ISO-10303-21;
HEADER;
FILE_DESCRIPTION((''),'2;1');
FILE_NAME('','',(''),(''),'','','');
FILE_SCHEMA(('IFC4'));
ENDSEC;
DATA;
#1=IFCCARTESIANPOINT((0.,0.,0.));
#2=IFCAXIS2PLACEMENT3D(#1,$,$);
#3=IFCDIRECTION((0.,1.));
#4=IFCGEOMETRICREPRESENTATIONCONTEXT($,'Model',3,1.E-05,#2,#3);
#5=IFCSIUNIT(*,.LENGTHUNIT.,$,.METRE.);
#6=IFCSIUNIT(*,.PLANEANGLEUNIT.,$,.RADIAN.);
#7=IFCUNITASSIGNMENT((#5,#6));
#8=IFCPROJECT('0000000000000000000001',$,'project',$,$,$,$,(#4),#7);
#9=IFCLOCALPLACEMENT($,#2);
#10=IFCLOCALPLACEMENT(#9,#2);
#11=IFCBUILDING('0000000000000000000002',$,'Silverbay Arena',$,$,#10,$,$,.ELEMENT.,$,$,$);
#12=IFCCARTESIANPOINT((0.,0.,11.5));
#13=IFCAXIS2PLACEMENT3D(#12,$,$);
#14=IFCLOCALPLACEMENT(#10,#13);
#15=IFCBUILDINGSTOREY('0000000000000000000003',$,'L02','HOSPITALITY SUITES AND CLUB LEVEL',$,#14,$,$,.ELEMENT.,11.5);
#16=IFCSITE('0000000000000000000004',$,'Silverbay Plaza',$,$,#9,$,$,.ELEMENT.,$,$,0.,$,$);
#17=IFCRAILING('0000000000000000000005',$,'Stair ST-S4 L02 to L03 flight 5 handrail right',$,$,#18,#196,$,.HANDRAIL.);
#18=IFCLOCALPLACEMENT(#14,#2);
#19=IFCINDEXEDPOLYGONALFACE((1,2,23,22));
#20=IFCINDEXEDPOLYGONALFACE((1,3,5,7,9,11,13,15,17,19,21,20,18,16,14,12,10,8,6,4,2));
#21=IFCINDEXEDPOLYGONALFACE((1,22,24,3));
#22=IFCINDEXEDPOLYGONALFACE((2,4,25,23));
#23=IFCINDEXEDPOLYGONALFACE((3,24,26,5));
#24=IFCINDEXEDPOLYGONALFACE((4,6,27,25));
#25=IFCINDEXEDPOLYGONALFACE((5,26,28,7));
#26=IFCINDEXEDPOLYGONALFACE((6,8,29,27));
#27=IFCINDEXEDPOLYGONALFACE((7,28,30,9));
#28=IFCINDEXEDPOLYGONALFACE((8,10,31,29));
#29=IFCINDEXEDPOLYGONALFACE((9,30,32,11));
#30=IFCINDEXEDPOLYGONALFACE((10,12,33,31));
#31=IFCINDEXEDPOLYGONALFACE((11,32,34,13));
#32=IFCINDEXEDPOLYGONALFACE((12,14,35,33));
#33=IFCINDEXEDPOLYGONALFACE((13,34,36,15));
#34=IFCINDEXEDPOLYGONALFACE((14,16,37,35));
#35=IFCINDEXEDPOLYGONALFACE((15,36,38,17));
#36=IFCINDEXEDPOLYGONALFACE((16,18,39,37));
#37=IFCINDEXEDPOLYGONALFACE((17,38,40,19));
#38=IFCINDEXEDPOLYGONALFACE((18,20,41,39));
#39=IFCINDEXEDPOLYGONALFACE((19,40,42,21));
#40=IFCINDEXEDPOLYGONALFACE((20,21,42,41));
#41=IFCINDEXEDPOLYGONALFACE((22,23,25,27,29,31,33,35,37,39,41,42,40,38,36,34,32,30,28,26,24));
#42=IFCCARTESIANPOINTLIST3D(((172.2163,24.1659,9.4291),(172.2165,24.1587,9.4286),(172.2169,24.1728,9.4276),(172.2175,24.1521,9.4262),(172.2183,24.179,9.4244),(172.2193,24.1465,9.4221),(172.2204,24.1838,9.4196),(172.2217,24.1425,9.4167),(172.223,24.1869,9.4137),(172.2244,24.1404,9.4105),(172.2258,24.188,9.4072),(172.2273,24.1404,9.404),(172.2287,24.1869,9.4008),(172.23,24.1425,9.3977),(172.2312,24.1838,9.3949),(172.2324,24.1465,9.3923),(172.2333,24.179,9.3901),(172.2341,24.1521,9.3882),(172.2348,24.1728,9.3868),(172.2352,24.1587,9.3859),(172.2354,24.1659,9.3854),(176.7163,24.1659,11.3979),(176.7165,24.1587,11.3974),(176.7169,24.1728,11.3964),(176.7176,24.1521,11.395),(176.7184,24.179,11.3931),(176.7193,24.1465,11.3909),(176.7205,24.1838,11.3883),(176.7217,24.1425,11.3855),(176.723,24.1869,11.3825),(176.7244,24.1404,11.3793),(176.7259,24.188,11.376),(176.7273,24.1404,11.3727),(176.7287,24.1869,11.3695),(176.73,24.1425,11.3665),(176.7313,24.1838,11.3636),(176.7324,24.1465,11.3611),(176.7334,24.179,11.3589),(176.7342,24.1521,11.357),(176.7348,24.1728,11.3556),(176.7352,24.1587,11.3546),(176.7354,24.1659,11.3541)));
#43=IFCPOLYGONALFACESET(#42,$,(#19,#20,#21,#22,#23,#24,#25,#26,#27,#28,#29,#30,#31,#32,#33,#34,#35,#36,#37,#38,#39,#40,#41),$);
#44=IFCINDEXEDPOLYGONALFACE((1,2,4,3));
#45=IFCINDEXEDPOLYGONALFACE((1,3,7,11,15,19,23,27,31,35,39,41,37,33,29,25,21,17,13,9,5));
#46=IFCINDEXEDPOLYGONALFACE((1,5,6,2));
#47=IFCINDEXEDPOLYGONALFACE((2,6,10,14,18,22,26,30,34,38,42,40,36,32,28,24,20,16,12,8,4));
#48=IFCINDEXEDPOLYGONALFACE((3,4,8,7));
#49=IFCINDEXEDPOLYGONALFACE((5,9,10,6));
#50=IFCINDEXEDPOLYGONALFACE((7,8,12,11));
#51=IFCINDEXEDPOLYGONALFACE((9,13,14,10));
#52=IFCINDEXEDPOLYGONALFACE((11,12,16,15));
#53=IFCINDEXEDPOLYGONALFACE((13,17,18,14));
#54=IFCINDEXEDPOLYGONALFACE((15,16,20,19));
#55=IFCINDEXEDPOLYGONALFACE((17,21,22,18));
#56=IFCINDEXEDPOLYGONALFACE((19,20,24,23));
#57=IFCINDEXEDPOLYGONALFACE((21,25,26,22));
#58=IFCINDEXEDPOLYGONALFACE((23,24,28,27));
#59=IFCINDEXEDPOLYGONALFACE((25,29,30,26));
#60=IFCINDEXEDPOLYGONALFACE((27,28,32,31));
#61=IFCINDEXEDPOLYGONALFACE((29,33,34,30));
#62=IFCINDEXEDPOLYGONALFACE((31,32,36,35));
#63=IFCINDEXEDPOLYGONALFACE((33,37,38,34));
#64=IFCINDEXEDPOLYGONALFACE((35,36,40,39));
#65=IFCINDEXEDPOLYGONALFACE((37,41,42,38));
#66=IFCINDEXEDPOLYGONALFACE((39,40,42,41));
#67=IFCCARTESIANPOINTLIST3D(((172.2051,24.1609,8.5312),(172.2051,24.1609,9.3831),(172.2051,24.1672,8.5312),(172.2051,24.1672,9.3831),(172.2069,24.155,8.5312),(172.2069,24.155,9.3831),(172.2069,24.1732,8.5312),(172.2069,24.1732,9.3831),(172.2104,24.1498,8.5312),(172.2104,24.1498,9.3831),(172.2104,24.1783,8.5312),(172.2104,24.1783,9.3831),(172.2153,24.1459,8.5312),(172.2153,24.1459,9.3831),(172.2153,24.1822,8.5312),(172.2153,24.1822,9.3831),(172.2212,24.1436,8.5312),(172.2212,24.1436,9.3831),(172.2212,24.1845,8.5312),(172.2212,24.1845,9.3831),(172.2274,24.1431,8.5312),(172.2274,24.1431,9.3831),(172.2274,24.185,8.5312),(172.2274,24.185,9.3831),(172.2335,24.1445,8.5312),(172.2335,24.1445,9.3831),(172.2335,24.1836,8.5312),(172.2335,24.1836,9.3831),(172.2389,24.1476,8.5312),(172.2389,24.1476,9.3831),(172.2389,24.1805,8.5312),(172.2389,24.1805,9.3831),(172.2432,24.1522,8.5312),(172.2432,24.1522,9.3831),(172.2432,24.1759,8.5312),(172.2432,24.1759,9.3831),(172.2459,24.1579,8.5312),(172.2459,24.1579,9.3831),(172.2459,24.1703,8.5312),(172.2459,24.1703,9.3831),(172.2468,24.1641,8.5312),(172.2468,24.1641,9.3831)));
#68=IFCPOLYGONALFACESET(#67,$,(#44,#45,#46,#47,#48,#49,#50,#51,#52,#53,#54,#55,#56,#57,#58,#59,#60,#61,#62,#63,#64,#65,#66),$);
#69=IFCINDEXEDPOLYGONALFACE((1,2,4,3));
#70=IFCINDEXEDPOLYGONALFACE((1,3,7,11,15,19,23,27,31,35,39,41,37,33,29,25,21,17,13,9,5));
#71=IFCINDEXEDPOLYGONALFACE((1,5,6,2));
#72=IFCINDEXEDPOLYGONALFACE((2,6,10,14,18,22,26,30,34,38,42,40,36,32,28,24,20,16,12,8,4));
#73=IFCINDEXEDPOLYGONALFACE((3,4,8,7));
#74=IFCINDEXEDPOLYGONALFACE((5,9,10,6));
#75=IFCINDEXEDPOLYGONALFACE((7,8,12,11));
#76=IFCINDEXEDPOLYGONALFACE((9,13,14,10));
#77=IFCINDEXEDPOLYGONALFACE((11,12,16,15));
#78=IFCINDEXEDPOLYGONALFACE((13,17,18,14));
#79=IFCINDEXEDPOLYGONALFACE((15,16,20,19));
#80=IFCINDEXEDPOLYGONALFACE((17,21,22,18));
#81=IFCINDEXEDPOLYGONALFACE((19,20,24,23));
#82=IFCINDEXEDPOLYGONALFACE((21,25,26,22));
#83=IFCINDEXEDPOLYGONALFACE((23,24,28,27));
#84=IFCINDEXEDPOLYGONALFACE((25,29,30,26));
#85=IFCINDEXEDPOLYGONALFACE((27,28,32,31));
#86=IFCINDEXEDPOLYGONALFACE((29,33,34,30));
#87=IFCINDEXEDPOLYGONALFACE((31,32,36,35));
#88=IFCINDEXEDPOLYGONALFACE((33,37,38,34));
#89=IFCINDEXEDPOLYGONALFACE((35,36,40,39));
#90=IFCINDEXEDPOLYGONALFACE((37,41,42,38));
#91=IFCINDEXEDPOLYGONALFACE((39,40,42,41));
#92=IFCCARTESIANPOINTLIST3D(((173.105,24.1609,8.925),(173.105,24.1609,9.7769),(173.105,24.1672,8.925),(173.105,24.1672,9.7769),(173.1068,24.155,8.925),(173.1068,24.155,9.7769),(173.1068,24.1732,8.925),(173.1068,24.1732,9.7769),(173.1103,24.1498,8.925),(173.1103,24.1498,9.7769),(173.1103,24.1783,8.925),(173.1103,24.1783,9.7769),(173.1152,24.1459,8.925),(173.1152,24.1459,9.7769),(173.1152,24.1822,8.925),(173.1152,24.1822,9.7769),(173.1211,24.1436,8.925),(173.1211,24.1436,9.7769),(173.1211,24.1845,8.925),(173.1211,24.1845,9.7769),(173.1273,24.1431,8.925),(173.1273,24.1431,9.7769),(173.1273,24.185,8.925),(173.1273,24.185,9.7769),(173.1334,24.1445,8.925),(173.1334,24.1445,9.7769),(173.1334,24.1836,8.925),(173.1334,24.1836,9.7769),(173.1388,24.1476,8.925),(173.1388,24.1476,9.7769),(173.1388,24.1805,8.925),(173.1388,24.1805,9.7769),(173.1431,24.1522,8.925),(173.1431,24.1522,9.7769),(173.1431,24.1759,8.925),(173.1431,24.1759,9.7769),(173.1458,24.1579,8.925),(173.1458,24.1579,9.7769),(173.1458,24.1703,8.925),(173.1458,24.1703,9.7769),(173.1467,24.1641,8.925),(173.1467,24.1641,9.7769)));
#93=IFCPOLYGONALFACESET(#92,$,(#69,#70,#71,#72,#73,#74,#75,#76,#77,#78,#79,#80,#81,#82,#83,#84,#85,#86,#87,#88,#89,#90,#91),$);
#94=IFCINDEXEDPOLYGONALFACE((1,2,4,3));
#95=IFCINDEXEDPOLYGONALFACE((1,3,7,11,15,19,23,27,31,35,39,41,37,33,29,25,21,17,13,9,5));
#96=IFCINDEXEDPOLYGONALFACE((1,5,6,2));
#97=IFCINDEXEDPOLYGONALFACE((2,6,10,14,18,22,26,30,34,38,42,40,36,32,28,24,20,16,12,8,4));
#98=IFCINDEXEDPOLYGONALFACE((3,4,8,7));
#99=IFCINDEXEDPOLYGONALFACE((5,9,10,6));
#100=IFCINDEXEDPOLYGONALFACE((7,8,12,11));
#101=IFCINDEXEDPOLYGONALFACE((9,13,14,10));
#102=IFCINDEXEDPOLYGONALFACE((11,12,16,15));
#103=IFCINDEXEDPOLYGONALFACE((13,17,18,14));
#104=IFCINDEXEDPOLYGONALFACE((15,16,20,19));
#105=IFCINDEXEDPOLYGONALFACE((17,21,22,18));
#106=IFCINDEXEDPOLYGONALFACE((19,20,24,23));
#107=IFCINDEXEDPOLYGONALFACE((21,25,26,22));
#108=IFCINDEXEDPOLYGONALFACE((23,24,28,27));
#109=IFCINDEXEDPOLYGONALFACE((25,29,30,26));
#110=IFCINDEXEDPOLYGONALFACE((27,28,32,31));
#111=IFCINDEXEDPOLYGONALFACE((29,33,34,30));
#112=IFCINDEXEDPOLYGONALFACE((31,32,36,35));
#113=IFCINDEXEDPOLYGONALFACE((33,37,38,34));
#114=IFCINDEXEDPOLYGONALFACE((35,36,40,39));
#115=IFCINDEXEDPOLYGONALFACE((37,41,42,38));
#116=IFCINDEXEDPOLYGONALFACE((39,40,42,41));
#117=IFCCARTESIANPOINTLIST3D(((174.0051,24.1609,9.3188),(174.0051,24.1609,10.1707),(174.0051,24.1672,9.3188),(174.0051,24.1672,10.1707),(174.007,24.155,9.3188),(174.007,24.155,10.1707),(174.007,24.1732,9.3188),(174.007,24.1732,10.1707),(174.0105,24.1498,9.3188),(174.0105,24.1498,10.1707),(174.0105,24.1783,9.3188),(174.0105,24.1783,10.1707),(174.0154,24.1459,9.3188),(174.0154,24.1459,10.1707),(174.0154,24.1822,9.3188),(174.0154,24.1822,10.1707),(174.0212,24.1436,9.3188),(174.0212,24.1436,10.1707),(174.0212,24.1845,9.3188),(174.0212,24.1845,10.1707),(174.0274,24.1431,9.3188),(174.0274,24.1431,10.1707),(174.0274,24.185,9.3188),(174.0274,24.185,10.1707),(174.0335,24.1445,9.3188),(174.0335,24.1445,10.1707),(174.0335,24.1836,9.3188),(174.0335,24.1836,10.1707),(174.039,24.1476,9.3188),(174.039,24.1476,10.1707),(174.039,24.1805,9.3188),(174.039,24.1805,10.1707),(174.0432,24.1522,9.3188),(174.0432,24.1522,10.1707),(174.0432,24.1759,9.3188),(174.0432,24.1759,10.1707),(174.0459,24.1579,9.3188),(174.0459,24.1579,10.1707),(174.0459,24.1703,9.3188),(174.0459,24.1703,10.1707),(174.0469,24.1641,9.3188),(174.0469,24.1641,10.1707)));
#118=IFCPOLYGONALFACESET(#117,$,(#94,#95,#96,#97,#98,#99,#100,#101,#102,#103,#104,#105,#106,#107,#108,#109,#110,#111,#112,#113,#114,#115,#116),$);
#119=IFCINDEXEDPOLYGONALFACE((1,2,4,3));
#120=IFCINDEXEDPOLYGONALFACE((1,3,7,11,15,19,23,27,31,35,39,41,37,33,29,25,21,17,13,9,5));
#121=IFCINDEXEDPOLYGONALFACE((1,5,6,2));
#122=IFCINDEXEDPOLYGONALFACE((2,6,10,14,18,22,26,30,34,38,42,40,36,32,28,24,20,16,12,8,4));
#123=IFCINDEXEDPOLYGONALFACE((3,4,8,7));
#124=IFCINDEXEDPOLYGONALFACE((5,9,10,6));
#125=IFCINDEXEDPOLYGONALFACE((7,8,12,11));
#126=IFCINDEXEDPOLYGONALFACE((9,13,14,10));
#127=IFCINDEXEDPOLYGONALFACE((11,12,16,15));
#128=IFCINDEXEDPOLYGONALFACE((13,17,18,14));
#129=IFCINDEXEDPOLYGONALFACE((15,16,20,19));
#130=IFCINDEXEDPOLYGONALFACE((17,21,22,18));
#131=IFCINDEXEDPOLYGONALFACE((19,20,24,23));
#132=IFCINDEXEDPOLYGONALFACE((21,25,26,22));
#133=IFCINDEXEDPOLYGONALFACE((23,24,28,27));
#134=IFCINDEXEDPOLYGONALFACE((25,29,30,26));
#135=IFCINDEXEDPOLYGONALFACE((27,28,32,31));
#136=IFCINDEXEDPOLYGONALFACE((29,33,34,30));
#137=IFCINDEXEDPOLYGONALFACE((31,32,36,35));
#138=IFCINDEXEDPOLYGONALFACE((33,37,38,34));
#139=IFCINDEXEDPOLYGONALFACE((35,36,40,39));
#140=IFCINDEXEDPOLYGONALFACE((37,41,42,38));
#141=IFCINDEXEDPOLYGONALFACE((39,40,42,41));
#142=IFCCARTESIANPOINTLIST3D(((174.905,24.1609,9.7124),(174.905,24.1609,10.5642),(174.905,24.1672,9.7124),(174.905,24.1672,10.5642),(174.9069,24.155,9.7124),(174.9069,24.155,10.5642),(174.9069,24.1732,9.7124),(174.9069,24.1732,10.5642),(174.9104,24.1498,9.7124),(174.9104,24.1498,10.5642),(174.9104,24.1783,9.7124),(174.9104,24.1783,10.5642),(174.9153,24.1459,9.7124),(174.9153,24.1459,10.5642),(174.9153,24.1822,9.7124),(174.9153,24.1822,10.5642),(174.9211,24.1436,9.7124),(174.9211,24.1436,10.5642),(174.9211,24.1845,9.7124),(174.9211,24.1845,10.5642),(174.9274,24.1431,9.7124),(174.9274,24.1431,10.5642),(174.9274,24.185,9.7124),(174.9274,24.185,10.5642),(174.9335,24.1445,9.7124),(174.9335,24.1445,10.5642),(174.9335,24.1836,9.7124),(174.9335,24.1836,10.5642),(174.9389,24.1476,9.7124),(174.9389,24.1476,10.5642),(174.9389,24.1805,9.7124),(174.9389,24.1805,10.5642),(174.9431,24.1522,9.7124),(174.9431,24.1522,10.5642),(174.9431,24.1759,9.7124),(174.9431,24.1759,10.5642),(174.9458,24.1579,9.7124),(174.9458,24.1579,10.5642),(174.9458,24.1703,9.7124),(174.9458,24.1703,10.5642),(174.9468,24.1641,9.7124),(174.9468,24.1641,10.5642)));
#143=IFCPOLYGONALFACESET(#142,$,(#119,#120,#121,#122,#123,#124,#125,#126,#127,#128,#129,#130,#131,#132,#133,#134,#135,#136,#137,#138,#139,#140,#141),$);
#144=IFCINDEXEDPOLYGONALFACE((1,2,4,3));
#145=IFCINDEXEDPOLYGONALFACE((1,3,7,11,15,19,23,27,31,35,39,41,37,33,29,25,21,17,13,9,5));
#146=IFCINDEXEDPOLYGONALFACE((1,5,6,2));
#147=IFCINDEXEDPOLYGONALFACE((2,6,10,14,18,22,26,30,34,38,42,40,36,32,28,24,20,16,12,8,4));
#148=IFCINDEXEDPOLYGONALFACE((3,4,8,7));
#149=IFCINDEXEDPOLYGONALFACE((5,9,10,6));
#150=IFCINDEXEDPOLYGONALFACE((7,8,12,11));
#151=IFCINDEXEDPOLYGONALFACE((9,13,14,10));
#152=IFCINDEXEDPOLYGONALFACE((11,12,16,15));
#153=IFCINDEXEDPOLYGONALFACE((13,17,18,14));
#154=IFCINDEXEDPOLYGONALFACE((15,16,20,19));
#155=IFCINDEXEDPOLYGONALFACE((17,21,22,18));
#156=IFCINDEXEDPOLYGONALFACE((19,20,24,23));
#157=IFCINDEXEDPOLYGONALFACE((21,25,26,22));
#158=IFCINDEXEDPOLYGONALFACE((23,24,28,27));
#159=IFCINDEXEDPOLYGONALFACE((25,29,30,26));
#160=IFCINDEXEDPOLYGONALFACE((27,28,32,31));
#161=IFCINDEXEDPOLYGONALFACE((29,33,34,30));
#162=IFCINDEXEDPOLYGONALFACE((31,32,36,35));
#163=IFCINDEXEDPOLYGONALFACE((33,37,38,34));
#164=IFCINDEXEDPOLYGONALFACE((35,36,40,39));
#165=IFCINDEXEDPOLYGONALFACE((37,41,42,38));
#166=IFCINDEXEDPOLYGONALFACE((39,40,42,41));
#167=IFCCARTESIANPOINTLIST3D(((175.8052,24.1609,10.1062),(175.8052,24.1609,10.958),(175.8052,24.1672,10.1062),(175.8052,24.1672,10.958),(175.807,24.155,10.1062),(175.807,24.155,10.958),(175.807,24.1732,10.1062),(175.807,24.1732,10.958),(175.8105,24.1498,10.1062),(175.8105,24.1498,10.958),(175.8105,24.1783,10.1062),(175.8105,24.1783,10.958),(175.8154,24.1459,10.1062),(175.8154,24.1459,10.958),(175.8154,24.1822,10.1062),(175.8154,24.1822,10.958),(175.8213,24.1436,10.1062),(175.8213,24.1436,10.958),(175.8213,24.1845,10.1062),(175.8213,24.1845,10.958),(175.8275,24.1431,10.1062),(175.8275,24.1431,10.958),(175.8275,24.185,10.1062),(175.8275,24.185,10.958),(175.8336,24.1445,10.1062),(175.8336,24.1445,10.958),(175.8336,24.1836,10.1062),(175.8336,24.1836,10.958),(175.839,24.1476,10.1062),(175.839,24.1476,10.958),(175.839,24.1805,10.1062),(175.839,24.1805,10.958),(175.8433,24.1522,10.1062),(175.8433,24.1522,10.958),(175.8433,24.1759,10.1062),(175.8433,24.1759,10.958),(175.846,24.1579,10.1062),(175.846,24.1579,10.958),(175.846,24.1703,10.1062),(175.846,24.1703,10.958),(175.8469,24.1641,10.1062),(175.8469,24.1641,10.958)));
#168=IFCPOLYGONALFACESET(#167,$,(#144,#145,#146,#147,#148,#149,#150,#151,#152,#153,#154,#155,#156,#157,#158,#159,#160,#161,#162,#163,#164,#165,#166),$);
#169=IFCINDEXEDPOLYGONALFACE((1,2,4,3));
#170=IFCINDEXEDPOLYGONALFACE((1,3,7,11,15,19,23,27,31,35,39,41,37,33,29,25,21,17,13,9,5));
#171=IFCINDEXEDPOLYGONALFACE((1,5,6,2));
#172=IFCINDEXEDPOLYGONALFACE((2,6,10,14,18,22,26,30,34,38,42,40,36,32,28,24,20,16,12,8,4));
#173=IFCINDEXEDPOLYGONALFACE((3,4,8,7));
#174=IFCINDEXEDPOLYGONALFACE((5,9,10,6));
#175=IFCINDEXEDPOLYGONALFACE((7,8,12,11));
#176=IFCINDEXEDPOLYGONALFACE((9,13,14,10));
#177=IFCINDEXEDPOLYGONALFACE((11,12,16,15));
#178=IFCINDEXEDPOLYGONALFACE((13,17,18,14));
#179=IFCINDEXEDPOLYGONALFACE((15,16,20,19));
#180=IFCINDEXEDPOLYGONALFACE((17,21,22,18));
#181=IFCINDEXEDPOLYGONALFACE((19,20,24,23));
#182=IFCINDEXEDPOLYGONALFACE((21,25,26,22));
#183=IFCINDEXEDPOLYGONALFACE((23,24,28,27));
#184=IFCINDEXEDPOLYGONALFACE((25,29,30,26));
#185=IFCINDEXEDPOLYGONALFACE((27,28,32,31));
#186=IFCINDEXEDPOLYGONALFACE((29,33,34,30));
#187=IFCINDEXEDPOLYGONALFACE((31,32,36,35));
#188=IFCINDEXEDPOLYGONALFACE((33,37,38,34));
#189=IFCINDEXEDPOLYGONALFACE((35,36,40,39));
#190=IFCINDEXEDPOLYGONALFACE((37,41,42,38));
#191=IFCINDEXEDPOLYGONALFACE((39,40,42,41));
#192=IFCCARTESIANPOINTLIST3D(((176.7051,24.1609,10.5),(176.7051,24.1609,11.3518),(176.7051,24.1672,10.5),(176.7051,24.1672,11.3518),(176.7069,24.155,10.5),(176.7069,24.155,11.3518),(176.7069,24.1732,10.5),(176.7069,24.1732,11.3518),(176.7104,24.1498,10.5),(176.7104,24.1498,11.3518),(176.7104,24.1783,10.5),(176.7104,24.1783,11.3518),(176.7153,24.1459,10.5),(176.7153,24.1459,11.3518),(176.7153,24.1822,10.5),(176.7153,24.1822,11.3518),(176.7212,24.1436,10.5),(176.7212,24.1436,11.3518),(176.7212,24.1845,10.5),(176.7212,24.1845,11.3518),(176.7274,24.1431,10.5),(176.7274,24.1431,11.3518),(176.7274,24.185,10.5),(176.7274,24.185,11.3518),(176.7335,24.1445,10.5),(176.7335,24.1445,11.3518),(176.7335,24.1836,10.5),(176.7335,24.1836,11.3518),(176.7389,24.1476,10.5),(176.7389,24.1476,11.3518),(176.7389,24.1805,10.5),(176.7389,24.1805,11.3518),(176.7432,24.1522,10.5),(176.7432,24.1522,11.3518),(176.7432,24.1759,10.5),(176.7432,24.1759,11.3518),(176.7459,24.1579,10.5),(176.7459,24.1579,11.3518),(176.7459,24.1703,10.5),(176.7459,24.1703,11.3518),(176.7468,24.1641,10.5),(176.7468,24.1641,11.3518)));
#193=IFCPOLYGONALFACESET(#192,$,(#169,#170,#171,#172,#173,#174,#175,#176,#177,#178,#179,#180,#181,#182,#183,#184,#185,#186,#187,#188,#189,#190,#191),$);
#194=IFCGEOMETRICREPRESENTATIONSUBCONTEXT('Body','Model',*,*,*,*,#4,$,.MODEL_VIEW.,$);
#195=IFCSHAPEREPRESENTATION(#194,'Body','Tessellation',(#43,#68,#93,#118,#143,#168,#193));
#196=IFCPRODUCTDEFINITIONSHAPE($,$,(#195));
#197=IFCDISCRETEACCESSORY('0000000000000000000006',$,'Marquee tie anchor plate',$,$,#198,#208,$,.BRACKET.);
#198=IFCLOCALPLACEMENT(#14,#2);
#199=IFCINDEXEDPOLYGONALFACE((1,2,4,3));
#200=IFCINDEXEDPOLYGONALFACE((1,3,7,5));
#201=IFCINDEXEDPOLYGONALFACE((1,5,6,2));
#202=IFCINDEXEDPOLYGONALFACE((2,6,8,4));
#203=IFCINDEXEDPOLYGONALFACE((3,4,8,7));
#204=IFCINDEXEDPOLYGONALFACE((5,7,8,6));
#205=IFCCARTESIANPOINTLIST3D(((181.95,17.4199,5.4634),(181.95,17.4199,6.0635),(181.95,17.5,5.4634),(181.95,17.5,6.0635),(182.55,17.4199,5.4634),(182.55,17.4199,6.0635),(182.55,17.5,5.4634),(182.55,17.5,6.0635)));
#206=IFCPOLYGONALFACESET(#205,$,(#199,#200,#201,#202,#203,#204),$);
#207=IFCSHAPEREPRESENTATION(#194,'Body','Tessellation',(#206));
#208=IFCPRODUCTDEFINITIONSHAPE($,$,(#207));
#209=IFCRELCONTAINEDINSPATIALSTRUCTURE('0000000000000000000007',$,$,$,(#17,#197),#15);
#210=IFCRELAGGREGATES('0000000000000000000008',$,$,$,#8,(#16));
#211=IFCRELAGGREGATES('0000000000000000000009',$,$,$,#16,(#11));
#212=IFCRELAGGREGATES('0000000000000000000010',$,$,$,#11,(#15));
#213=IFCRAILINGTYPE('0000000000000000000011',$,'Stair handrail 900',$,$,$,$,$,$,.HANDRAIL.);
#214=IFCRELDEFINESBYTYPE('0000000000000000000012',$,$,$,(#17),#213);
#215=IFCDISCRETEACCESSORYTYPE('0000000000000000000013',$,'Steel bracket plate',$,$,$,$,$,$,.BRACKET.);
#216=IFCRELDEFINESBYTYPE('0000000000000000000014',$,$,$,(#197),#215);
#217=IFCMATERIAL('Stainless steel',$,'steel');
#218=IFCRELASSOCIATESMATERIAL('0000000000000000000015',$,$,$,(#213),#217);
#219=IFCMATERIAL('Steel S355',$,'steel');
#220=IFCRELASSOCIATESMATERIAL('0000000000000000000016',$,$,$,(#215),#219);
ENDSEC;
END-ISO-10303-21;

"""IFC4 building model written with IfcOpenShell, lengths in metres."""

from ifc_helpers import new_model, si_unit, direction, frame, origin, origin_2d, place, context, subcontext, project, spatial, rectangle, circle, extrude, material, type_object, element, save


model = new_model("IFC4")

# Units and contexts
model_context = context("Model", 3, precision=1e-05, world=origin(), true_north=direction((0.0, 1.0)))
body_context = subcontext(model_context, "Body", "Model", "MODEL_VIEW")
ifc_project = project(units=[si_unit("LENGTHUNIT", "METRE"), si_unit("PLANEANGLEUNIT", "RADIAN")], contexts=[model_context])

# Site, building, storey
site_placement = place(None, origin())
site = spatial("IfcSite", under=ifc_project, at=site_placement, Name="Silverbay Plaza", CompositionType="ELEMENT", RefElevation=0.0)
building_placement = place(site_placement, origin())
building = spatial("IfcBuilding", under=site, at=building_placement, Name="Silverbay Arena", CompositionType="ELEMENT")
storey_placement = place(building_placement, frame((0.0, 0.0, 11.5)))
storey = spatial("IfcBuildingStorey", under=building, at=storey_placement, Name="L02", Description="HOSPITALITY SUITES AND CLUB LEVEL", CompositionType="ELEMENT", Elevation=11.5)

# Railing
ifc_material_1 = material(Name="Stainless steel", Category="steel")
railing_type_1 = type_object("IfcRailingType", Name="Stair handrail 900", PredefinedType="HANDRAIL", material=ifc_material_1)
for number, where, name in (
    (1, (172.2258, 24.1641, 8.5312), "Stair ST-S4 L02 to L03 flight 5 handrail right"),
):
    element("IfcRailing", number, at=place(storey_placement, frame(where)), inside=storey, type_object=railing_type_1, Name=name, PredefinedType="HANDRAIL", context=body_context, shape_type="SweptSolid", body=[
        extrude(circle(Radius=0.0239, at=origin_2d()), frame((0.0, 0.0, 0.876), z_axis=(0.916157, 0.0, 0.400819), x_axis=(0.0, 1.0, 0.0)), (0.0, 0.0, 1.0), 4.9119),
        extrude(circle(Radius=0.021, at=origin_2d()), origin(), (0.0, 0.0, 1.0), 0.8518),
        extrude(circle(Radius=0.021, at=origin_2d()), frame((0.8999, 0.0, 0.3938)), (0.0, 0.0, 1.0), 0.8518),
        extrude(circle(Radius=0.021, at=origin_2d()), frame((1.8, 0.0, 0.7876)), (0.0, 0.0, 1.0), 0.8518),
        extrude(circle(Radius=0.021, at=origin_2d()), frame((2.7, 0.0, 1.1812)), (0.0, 0.0, 1.0), 0.8518),
        extrude(circle(Radius=0.021, at=origin_2d()), frame((3.6001, 0.0, 1.575)), (0.0, 0.0, 1.0), 0.8518),
        extrude(circle(Radius=0.021, at=origin_2d()), frame((4.5, 0.0, 1.9688)), (0.0, 0.0, 1.0), 0.8518),
    ])

# Discrete accessory
ifc_material_2 = material(Name="Steel S355", Category="steel")
discrete_accessory_type = type_object("IfcDiscreteAccessoryType", Name="Steel bracket plate", PredefinedType="BRACKET", material=ifc_material_2)
discrete_accessory_placement = place(storey_placement, frame((182.25, 17.46, 5.4634), z_axis=(0.0, 0.0, 1.0), x_axis=(1.0, 0.0, 0.0)))
element("IfcDiscreteAccessory", 2, at=discrete_accessory_placement, inside=storey, type_object=discrete_accessory_type, Name="Marquee tie anchor plate", PredefinedType="BRACKET", context=body_context, shape_type="SweptSolid", body=[
    extrude(rectangle(XDim=0.6001, YDim=0.0801, at=origin_2d()), origin(), (0.0, 0.0, 1.0), 0.6001),
])

save(model, "model.ifc")
